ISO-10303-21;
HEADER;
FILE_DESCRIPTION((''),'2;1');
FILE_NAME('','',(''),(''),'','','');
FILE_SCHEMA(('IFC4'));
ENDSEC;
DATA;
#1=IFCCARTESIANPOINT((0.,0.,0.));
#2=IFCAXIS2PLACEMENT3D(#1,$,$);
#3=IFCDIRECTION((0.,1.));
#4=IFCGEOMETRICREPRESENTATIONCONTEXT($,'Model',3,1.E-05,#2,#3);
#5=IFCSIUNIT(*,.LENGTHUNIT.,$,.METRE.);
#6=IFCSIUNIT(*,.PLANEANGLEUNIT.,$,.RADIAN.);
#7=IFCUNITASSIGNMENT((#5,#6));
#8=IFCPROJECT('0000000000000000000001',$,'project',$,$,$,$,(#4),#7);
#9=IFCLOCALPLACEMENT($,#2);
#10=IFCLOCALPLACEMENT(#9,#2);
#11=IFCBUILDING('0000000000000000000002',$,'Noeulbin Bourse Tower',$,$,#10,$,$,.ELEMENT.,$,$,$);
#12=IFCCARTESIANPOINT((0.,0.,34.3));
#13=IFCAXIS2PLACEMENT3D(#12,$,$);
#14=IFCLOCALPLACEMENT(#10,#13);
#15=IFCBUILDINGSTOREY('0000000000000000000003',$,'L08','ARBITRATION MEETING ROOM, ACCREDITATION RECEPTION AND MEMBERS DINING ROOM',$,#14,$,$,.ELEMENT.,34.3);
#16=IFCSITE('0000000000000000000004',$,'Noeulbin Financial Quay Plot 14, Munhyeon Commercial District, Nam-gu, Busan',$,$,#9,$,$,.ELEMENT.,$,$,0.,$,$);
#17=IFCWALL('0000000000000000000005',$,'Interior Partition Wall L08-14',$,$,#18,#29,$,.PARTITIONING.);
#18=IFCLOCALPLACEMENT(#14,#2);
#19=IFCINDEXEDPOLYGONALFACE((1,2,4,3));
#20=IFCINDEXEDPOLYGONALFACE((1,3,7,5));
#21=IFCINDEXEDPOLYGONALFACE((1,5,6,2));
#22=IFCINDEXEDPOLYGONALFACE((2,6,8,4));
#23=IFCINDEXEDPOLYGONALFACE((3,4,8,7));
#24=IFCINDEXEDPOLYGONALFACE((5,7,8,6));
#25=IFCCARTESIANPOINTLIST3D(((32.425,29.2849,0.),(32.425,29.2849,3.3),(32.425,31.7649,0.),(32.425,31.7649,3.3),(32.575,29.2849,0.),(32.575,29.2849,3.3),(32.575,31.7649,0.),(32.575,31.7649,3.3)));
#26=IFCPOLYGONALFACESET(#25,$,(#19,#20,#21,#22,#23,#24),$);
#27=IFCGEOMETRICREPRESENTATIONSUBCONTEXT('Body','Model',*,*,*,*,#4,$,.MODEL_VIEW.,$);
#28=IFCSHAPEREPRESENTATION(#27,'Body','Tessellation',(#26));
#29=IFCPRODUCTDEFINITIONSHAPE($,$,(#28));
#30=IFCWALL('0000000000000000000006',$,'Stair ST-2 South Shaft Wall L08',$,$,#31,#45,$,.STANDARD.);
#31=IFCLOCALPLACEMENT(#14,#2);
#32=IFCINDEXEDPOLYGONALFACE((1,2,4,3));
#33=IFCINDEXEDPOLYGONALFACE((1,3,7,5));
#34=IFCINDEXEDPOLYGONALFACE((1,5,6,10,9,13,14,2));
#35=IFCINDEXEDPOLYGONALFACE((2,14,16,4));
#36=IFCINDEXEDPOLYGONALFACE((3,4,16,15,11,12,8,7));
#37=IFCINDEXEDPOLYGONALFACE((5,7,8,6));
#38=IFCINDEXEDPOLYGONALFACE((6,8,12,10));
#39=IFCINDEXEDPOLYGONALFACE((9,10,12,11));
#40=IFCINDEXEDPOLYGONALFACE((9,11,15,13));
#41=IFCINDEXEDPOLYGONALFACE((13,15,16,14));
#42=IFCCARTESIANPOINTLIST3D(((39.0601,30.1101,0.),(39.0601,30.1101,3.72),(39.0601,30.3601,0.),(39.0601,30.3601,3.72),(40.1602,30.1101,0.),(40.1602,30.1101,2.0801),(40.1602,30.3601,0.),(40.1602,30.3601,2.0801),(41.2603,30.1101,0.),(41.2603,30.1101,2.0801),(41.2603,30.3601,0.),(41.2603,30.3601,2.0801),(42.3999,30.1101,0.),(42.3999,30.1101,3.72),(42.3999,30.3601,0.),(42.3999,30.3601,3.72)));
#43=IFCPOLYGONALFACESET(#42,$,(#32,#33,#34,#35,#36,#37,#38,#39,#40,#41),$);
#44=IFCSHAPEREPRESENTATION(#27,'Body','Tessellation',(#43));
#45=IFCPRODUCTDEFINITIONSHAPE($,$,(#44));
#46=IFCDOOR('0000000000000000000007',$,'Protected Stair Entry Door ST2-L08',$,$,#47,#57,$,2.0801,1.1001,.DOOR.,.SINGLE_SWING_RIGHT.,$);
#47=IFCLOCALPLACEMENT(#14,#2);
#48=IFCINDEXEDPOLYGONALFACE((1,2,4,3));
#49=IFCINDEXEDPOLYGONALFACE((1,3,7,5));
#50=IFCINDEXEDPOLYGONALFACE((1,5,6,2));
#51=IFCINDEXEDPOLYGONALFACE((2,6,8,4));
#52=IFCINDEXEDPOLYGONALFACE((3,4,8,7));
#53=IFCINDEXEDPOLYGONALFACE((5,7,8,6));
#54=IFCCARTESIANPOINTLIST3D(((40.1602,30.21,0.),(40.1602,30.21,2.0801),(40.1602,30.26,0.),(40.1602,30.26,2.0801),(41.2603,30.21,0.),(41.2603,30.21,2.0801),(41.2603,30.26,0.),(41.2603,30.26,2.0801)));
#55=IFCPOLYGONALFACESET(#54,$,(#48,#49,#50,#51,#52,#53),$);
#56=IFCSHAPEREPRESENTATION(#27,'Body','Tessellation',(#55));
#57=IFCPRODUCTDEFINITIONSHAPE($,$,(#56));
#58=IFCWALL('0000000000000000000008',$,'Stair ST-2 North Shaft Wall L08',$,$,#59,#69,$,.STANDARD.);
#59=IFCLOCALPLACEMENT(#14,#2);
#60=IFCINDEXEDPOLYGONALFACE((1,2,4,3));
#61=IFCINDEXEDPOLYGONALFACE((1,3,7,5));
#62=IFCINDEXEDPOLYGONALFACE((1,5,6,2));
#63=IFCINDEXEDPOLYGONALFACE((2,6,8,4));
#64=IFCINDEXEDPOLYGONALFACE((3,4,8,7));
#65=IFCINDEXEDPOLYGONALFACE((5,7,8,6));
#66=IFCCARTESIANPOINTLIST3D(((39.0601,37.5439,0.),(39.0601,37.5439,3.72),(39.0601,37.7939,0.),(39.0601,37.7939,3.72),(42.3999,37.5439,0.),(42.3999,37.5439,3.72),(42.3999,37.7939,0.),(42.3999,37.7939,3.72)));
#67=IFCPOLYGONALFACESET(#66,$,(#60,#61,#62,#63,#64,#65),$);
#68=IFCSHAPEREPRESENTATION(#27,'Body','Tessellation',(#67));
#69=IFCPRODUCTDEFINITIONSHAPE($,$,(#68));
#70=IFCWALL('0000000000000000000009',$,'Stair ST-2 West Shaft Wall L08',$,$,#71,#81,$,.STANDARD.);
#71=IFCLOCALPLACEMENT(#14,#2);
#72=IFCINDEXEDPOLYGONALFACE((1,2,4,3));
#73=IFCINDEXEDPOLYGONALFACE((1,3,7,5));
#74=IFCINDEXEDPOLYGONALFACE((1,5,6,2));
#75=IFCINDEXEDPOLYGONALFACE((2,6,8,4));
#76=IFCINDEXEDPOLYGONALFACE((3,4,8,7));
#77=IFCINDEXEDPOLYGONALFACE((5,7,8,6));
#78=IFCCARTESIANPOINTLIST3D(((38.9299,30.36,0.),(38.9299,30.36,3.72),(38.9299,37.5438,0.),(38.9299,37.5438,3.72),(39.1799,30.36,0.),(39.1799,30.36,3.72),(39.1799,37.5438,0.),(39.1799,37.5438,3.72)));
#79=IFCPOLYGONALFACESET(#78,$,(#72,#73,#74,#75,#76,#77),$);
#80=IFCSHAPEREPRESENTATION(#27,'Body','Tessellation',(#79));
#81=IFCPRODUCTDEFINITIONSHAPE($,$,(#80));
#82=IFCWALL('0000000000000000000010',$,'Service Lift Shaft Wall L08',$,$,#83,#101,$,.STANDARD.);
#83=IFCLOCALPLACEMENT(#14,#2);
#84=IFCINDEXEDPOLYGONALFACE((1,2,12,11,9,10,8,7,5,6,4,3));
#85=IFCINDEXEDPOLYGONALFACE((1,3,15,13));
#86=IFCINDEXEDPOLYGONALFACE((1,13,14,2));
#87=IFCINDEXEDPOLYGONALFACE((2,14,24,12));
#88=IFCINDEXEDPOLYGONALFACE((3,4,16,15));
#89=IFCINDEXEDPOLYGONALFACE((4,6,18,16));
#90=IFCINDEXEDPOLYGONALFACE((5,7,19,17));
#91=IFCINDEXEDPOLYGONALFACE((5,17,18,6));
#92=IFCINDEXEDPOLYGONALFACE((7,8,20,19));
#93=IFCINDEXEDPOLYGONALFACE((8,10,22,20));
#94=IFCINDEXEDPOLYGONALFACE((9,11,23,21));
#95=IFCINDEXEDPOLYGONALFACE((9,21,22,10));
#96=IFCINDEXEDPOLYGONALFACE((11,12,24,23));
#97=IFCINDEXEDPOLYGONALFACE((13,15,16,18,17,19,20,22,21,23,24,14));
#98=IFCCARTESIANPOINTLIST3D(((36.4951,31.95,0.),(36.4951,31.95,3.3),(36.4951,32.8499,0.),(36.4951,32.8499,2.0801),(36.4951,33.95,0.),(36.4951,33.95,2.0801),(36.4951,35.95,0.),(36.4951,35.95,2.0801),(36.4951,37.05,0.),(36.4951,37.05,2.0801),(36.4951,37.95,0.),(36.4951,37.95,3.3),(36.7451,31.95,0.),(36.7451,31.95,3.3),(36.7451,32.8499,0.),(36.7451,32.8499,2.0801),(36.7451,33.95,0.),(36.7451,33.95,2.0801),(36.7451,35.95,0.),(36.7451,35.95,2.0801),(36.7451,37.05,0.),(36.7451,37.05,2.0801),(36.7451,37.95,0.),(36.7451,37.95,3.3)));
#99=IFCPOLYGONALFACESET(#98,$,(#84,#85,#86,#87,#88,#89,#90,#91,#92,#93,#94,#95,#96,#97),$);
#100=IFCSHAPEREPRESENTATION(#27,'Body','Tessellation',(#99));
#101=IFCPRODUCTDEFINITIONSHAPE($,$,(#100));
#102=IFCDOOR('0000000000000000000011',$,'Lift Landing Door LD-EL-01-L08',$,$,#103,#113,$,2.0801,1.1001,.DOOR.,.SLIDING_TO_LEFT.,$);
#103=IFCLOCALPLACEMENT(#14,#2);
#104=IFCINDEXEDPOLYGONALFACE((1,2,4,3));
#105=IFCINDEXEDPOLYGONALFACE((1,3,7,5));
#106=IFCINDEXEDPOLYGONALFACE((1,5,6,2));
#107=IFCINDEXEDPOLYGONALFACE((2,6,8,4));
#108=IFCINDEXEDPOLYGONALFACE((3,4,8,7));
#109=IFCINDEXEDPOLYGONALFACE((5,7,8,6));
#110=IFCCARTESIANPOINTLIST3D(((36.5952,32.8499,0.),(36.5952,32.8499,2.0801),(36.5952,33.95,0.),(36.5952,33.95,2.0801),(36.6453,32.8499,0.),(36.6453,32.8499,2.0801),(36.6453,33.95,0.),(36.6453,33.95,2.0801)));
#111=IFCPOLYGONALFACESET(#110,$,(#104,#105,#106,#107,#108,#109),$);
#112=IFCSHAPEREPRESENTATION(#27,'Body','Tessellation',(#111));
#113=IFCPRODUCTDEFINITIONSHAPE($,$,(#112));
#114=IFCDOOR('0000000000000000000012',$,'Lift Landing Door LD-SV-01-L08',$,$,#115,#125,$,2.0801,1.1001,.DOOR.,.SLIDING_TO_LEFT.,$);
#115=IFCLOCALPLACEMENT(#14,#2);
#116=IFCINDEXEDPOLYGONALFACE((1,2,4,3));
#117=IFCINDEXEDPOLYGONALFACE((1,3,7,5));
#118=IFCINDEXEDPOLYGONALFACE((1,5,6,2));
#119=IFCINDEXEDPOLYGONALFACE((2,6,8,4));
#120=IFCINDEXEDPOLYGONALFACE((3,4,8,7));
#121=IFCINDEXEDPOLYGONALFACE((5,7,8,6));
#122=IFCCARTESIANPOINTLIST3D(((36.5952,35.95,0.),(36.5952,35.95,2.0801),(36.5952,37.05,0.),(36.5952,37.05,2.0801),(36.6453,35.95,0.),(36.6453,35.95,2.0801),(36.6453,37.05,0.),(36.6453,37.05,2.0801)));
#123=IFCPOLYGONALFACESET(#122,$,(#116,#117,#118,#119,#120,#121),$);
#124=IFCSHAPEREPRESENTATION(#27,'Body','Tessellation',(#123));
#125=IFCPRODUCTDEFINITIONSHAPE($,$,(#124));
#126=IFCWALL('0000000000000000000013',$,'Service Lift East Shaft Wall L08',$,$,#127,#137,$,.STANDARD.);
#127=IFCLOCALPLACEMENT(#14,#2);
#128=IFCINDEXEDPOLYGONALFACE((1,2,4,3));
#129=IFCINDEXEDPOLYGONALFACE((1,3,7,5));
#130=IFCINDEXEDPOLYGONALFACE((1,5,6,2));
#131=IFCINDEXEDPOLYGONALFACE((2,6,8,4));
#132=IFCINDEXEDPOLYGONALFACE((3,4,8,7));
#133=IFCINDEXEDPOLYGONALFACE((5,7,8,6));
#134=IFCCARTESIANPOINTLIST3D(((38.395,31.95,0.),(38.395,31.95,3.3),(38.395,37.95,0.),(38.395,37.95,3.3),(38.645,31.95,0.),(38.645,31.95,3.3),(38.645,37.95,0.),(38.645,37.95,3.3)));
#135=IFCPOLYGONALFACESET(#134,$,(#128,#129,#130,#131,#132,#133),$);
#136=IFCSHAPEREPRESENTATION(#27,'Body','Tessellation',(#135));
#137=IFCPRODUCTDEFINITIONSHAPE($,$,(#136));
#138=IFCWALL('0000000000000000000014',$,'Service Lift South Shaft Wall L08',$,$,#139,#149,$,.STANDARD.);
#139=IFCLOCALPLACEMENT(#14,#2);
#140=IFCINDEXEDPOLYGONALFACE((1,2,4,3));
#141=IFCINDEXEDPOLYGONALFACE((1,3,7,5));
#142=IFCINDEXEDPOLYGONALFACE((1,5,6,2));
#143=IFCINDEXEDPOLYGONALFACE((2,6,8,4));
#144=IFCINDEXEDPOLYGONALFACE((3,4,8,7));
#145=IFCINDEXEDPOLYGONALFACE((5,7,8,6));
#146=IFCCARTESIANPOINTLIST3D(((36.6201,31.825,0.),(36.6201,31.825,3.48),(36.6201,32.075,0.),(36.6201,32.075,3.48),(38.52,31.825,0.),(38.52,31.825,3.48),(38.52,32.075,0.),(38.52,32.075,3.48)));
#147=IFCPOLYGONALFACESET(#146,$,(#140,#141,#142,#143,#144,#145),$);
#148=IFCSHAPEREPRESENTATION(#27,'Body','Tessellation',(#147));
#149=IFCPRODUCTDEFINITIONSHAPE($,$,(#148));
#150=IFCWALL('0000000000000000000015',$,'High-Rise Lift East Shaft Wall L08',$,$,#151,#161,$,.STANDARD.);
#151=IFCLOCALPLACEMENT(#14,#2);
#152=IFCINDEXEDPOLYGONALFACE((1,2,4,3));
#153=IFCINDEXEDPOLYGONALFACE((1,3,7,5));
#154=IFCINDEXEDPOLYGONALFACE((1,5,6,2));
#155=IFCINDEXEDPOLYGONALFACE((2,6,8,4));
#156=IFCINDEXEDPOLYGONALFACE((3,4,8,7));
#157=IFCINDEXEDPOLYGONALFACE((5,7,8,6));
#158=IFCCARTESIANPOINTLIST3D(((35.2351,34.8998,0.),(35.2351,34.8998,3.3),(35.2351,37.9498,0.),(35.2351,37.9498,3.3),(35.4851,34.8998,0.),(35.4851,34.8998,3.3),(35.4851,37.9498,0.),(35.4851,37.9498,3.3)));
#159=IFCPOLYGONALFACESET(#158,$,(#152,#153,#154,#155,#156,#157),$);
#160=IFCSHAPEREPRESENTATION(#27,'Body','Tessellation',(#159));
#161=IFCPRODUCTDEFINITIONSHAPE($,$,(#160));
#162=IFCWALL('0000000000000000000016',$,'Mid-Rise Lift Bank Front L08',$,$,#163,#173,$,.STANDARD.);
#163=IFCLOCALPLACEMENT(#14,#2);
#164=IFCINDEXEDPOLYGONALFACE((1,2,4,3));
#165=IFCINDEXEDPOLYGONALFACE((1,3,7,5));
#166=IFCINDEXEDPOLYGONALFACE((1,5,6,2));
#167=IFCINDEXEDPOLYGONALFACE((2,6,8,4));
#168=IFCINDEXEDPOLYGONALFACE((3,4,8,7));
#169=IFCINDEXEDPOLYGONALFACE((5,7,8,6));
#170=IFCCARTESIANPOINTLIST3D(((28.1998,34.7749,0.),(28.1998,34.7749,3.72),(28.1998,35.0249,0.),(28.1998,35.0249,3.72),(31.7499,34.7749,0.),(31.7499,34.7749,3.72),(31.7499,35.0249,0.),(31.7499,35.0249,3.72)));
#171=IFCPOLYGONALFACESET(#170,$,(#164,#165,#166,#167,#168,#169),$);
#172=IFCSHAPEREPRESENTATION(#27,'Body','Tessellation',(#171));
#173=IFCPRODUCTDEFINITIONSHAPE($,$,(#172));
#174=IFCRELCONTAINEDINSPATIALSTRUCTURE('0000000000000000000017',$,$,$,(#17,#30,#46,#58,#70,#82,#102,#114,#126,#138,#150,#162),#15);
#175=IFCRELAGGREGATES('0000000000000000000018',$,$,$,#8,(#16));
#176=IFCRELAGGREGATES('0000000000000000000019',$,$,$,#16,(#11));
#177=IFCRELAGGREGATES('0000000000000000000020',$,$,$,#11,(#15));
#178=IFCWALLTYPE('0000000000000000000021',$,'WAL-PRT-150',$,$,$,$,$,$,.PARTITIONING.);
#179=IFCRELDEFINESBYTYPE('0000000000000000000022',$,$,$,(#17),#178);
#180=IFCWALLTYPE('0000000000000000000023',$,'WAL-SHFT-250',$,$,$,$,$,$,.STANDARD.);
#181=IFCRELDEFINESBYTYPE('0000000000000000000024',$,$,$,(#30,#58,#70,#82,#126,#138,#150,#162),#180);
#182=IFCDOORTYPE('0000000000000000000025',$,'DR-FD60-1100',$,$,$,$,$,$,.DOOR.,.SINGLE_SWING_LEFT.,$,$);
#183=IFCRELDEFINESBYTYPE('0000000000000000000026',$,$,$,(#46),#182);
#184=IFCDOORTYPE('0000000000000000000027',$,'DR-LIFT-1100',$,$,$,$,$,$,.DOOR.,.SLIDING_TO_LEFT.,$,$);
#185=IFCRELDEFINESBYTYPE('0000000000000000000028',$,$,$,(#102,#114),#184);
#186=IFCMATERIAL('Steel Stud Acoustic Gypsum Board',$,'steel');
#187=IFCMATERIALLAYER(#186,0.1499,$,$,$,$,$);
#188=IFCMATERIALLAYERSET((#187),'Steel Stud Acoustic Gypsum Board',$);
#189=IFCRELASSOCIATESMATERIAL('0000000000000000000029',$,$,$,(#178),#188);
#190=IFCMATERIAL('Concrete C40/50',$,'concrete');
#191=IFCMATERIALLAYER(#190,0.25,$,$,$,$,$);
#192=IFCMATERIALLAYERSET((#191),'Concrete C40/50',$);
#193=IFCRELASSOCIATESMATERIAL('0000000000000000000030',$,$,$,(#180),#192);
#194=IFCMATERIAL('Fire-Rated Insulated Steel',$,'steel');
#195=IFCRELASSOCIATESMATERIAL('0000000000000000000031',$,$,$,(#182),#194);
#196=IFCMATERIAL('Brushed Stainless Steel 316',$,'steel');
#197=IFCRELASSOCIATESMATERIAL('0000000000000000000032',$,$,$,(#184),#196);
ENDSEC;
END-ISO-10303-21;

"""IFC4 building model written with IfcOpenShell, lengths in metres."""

from ifc_helpers import new_model, si_unit, direction, frame, frame_2d, origin, place, context, subcontext, project, spatial, rectangle, extrude, material, layer, layer_set, type_object, element, fill, save


model = new_model("IFC4")

# Units and contexts
model_context = context("Model", 3, precision=1e-05, world=origin(), true_north=direction((0.0, 1.0)))
body_context = subcontext(model_context, "Body", "Model", "MODEL_VIEW")
ifc_project = project(units=[si_unit("LENGTHUNIT", "METRE"), si_unit("PLANEANGLEUNIT", "RADIAN")], contexts=[model_context])

# Site, building, storey
site_placement = place(None, origin())
site = spatial("IfcSite", under=ifc_project, at=site_placement, Name="Noeulbin Financial Quay Plot 14, Munhyeon Commercial District, Nam-gu, Busan", CompositionType="ELEMENT", RefElevation=0.0)
building_placement = place(site_placement, origin())
building = spatial("IfcBuilding", under=site, at=building_placement, Name="Noeulbin Bourse Tower", CompositionType="ELEMENT")
storey_placement = place(building_placement, frame((0.0, 0.0, 34.3)))
storey = spatial("IfcBuildingStorey", under=building, at=storey_placement, Name="L08", Description="ARBITRATION MEETING ROOM, ACCREDITATION RECEPTION AND MEMBERS DINING ROOM", CompositionType="ELEMENT", Elevation=34.3)

# Wall
ifc_material_1 = material(Name="Concrete C40/50", Category="concrete")
ifc_material_2 = material(Name="Steel Stud Acoustic Gypsum Board", Category="steel")
ifc_layer_1 = layer(ifc_material_2, 0.1499)
ifc_layer_set_1 = layer_set([ifc_layer_1], Name="Steel Stud Acoustic Gypsum Board")
wall_type_1 = type_object("IfcWallType", Name="WAL-PRT-150", PredefinedType="PARTITIONING", material=ifc_layer_set_1)
wall_1_placement = place(storey_placement, frame((32.5, 29.2849, 0.0), z_axis=(0.0, 0.0, 1.0), x_axis=(0.0, 1.0, 0.0)))
element("IfcWall", 1, at=wall_1_placement, inside=storey, type_object=wall_type_1, Name="Interior Partition Wall L08-14", PredefinedType="PARTITIONING", context=body_context, shape_type="SweptSolid", body=[
    extrude(rectangle(XDim=2.48, YDim=0.1499, at=frame_2d((1.24, 0.0))), origin(), (0.0, 0.0, 1.0), 3.3),
])

# Wall, opening, door
ifc_layer_2 = layer(ifc_material_1, 0.25)
ifc_layer_set_2 = layer_set([ifc_layer_2], Name="Concrete C40/50")
wall_type_2 = type_object("IfcWallType", Name="WAL-SHFT-250", PredefinedType="STANDARD", material=ifc_layer_set_2)
wall_2_placement = place(storey_placement, frame((39.0601, 30.2351, 0.0), z_axis=(0.0, 0.0, 1.0), x_axis=(1.0, 0.0, 0.0)))
wall_2 = element("IfcWall", 2, at=wall_2_placement, inside=storey, type_object=wall_type_2, Name="Stair ST-2 South Shaft Wall L08", PredefinedType="STANDARD", context=body_context, shape_type="SweptSolid", body=[
    extrude(rectangle(XDim=3.3398, YDim=0.25, at=frame_2d((1.6699, 0.0))), origin(), (0.0, 0.0, 1.0), 3.72),
])
opening_1_placement = place(wall_2_placement, frame((1.1001, 0.0, 0.0)))
opening_1 = element("IfcOpeningElement", 3, at=opening_1_placement, cuts=wall_2, PredefinedType="OPENING", context=body_context, shape_type="SweptSolid", body=[
    extrude(rectangle(XDim=1.1001, YDim=2.0801, at=frame_2d((0.55, 1.04))), frame((0.0, 0.135, 0.0), z_axis=(0.0, -1.0, 0.0), x_axis=(1.0, 0.0, 0.0)), (0.0, 0.0, 1.0), 0.27),
])
ifc_material_3 = material(Name="Fire-Rated Insulated Steel", Category="steel")
door_type_1 = type_object("IfcDoorType", Name="DR-FD60-1100", OperationType="SINGLE_SWING_LEFT", PredefinedType="DOOR", material=ifc_material_3)
door_1_placement = place(opening_1_placement, origin())
door_1 = element("IfcDoor", 4, at=door_1_placement, inside=storey, type_object=door_type_1, Name="Protected Stair Entry Door ST2-L08", OperationType="SINGLE_SWING_RIGHT", OverallHeight=2.0801, OverallWidth=1.1001, PredefinedType="DOOR", context=body_context, shape_type="SweptSolid", body=[
    extrude(rectangle(XDim=1.1001, YDim=2.0801, at=frame_2d((0.55, 1.04))), frame((0.0, 0.0249, 0.0), z_axis=(0.0, -1.0, 0.0), x_axis=(1.0, 0.0, 0.0)), (0.0, 0.0, 1.0), 0.05),
])
fill(opening_1, door_1)

# Walls
wall_3_placement = place(storey_placement, frame((39.0601, 37.6689, 0.0), z_axis=(0.0, 0.0, 1.0), x_axis=(1.0, 0.0, 0.0)))
element("IfcWall", 5, at=wall_3_placement, inside=storey, type_object=wall_type_2, Name="Stair ST-2 North Shaft Wall L08", PredefinedType="STANDARD", context=body_context, shape_type="SweptSolid", body=[
    extrude(rectangle(XDim=3.3398, YDim=0.25, at=frame_2d((1.6699, 0.0))), origin(), (0.0, 0.0, 1.0), 3.72),
])
wall_4_placement = place(storey_placement, frame((39.0549, 30.3601, 0.0), z_axis=(0.0, 0.0, 1.0), x_axis=(0.0, 1.0, 0.0)))
element("IfcWall", 6, at=wall_4_placement, inside=storey, type_object=wall_type_2, Name="Stair ST-2 West Shaft Wall L08", PredefinedType="STANDARD", context=body_context, shape_type="SweptSolid", body=[
    extrude(rectangle(XDim=7.1838, YDim=0.25, at=frame_2d((3.5918, 0.0))), origin(), (0.0, 0.0, 1.0), 3.72),
])

# Wall, openings, doors
wall_5_placement = place(storey_placement, frame((36.6201, 31.95, 0.0), z_axis=(0.0, 0.0, 1.0), x_axis=(0.0, 1.0, 0.0)))
wall_5 = element("IfcWall", 7, at=wall_5_placement, inside=storey, type_object=wall_type_2, Name="Service Lift Shaft Wall L08", PredefinedType="STANDARD", context=body_context, shape_type="SweptSolid", body=[
    extrude(rectangle(XDim=6.0, YDim=0.25, at=frame_2d((3.0, 0.0))), origin(), (0.0, 0.0, 1.0), 3.3),
])
opening_2_placement = place(wall_5_placement, frame((0.8999, 0.0, 0.0)))
opening_2 = element("IfcOpeningElement", 8, at=opening_2_placement, cuts=wall_5, PredefinedType="OPENING", context=body_context, shape_type="SweptSolid", body=[
    extrude(rectangle(XDim=1.1001, YDim=2.0801, at=frame_2d((0.55, 1.04))), frame((0.0, 0.135, 0.0), z_axis=(0.0, -1.0, 0.0), x_axis=(1.0, 0.0, 0.0)), (0.0, 0.0, 1.0), 0.27),
])
opening_3_placement = place(wall_5_placement, frame((4.0, 0.0, 0.0)))
opening_3 = element("IfcOpeningElement", 9, at=opening_3_placement, cuts=wall_5, PredefinedType="OPENING", context=body_context, shape_type="SweptSolid", body=[
    extrude(rectangle(XDim=1.1001, YDim=2.0801, at=frame_2d((0.55, 1.04))), frame((0.0, 0.135, 0.0), z_axis=(0.0, -1.0, 0.0), x_axis=(1.0, 0.0, 0.0)), (0.0, 0.0, 1.0), 0.27),
])
ifc_material_4 = material(Name="Brushed Stainless Steel 316", Category="steel")
door_type_2 = type_object("IfcDoorType", Name="DR-LIFT-1100", OperationType="SLIDING_TO_LEFT", PredefinedType="DOOR", material=ifc_material_4)
door_2_placement = place(opening_2_placement, origin())
door_2 = element("IfcDoor", 10, at=door_2_placement, inside=storey, type_object=door_type_2, Name="Lift Landing Door LD-EL-01-L08", OperationType="SLIDING_TO_LEFT", OverallHeight=2.0801, OverallWidth=1.1001, PredefinedType="DOOR", context=body_context, shape_type="SweptSolid", body=[
    extrude(rectangle(XDim=1.1001, YDim=2.0801, at=frame_2d((0.55, 1.04))), frame((0.0, 0.0249, 0.0), z_axis=(0.0, -1.0, 0.0), x_axis=(1.0, 0.0, 0.0)), (0.0, 0.0, 1.0), 0.05),
])
fill(opening_2, door_2)
door_3_placement = place(opening_3_placement, origin())
door_3 = element("IfcDoor", 11, at=door_3_placement, inside=storey, type_object=door_type_2, Name="Lift Landing Door LD-SV-01-L08", OperationType="SLIDING_TO_LEFT", OverallHeight=2.0801, OverallWidth=1.1001, PredefinedType="DOOR", context=body_context, shape_type="SweptSolid", body=[
    extrude(rectangle(XDim=1.1001, YDim=2.0801, at=frame_2d((0.55, 1.04))), frame((0.0, 0.0249, 0.0), z_axis=(0.0, -1.0, 0.0), x_axis=(1.0, 0.0, 0.0)), (0.0, 0.0, 1.0), 0.05),
])
fill(opening_3, door_3)

# Walls
wall_6_placement = place(storey_placement, frame((38.52, 31.95, 0.0), z_axis=(0.0, 0.0, 1.0), x_axis=(0.0, 1.0, 0.0)))
element("IfcWall", 12, at=wall_6_placement, inside=storey, type_object=wall_type_2, Name="Service Lift East Shaft Wall L08", PredefinedType="STANDARD", context=body_context, shape_type="SweptSolid", body=[
    extrude(rectangle(XDim=6.0, YDim=0.25, at=frame_2d((3.0, 0.0))), origin(), (0.0, 0.0, 1.0), 3.3),
])
wall_7_placement = place(storey_placement, frame((36.6201, 31.95, 0.0), z_axis=(0.0, 0.0, 1.0), x_axis=(1.0, 0.0, 0.0)))
element("IfcWall", 13, at=wall_7_placement, inside=storey, type_object=wall_type_2, Name="Service Lift South Shaft Wall L08", PredefinedType="STANDARD", context=body_context, shape_type="SweptSolid", body=[
    extrude(rectangle(XDim=1.8999, YDim=0.25, at=frame_2d((0.95, 0.0))), origin(), (0.0, 0.0, 1.0), 3.48),
])
wall_8_placement = place(storey_placement, frame((35.3601, 34.8999, 0.0), z_axis=(0.0, 0.0, 1.0), x_axis=(0.0, 1.0, 0.0)))
element("IfcWall", 14, at=wall_8_placement, inside=storey, type_object=wall_type_2, Name="High-Rise Lift East Shaft Wall L08", PredefinedType="STANDARD", context=body_context, shape_type="SweptSolid", body=[
    extrude(rectangle(XDim=3.05, YDim=0.25, at=frame_2d((1.5249, 0.0))), origin(), (0.0, 0.0, 1.0), 3.3),
])
wall_9_placement = place(storey_placement, frame((28.2, 34.8999, 0.0), z_axis=(0.0, 0.0, 1.0), x_axis=(1.0, 0.0, 0.0)))
element("IfcWall", 15, at=wall_9_placement, inside=storey, type_object=wall_type_2, Name="Mid-Rise Lift Bank Front L08", PredefinedType="STANDARD", context=body_context, shape_type="SweptSolid", body=[
    extrude(rectangle(XDim=3.55, YDim=0.25, at=frame_2d((1.7749, 0.0))), origin(), (0.0, 0.0, 1.0), 3.72),
])

save(model, "model.ifc")
